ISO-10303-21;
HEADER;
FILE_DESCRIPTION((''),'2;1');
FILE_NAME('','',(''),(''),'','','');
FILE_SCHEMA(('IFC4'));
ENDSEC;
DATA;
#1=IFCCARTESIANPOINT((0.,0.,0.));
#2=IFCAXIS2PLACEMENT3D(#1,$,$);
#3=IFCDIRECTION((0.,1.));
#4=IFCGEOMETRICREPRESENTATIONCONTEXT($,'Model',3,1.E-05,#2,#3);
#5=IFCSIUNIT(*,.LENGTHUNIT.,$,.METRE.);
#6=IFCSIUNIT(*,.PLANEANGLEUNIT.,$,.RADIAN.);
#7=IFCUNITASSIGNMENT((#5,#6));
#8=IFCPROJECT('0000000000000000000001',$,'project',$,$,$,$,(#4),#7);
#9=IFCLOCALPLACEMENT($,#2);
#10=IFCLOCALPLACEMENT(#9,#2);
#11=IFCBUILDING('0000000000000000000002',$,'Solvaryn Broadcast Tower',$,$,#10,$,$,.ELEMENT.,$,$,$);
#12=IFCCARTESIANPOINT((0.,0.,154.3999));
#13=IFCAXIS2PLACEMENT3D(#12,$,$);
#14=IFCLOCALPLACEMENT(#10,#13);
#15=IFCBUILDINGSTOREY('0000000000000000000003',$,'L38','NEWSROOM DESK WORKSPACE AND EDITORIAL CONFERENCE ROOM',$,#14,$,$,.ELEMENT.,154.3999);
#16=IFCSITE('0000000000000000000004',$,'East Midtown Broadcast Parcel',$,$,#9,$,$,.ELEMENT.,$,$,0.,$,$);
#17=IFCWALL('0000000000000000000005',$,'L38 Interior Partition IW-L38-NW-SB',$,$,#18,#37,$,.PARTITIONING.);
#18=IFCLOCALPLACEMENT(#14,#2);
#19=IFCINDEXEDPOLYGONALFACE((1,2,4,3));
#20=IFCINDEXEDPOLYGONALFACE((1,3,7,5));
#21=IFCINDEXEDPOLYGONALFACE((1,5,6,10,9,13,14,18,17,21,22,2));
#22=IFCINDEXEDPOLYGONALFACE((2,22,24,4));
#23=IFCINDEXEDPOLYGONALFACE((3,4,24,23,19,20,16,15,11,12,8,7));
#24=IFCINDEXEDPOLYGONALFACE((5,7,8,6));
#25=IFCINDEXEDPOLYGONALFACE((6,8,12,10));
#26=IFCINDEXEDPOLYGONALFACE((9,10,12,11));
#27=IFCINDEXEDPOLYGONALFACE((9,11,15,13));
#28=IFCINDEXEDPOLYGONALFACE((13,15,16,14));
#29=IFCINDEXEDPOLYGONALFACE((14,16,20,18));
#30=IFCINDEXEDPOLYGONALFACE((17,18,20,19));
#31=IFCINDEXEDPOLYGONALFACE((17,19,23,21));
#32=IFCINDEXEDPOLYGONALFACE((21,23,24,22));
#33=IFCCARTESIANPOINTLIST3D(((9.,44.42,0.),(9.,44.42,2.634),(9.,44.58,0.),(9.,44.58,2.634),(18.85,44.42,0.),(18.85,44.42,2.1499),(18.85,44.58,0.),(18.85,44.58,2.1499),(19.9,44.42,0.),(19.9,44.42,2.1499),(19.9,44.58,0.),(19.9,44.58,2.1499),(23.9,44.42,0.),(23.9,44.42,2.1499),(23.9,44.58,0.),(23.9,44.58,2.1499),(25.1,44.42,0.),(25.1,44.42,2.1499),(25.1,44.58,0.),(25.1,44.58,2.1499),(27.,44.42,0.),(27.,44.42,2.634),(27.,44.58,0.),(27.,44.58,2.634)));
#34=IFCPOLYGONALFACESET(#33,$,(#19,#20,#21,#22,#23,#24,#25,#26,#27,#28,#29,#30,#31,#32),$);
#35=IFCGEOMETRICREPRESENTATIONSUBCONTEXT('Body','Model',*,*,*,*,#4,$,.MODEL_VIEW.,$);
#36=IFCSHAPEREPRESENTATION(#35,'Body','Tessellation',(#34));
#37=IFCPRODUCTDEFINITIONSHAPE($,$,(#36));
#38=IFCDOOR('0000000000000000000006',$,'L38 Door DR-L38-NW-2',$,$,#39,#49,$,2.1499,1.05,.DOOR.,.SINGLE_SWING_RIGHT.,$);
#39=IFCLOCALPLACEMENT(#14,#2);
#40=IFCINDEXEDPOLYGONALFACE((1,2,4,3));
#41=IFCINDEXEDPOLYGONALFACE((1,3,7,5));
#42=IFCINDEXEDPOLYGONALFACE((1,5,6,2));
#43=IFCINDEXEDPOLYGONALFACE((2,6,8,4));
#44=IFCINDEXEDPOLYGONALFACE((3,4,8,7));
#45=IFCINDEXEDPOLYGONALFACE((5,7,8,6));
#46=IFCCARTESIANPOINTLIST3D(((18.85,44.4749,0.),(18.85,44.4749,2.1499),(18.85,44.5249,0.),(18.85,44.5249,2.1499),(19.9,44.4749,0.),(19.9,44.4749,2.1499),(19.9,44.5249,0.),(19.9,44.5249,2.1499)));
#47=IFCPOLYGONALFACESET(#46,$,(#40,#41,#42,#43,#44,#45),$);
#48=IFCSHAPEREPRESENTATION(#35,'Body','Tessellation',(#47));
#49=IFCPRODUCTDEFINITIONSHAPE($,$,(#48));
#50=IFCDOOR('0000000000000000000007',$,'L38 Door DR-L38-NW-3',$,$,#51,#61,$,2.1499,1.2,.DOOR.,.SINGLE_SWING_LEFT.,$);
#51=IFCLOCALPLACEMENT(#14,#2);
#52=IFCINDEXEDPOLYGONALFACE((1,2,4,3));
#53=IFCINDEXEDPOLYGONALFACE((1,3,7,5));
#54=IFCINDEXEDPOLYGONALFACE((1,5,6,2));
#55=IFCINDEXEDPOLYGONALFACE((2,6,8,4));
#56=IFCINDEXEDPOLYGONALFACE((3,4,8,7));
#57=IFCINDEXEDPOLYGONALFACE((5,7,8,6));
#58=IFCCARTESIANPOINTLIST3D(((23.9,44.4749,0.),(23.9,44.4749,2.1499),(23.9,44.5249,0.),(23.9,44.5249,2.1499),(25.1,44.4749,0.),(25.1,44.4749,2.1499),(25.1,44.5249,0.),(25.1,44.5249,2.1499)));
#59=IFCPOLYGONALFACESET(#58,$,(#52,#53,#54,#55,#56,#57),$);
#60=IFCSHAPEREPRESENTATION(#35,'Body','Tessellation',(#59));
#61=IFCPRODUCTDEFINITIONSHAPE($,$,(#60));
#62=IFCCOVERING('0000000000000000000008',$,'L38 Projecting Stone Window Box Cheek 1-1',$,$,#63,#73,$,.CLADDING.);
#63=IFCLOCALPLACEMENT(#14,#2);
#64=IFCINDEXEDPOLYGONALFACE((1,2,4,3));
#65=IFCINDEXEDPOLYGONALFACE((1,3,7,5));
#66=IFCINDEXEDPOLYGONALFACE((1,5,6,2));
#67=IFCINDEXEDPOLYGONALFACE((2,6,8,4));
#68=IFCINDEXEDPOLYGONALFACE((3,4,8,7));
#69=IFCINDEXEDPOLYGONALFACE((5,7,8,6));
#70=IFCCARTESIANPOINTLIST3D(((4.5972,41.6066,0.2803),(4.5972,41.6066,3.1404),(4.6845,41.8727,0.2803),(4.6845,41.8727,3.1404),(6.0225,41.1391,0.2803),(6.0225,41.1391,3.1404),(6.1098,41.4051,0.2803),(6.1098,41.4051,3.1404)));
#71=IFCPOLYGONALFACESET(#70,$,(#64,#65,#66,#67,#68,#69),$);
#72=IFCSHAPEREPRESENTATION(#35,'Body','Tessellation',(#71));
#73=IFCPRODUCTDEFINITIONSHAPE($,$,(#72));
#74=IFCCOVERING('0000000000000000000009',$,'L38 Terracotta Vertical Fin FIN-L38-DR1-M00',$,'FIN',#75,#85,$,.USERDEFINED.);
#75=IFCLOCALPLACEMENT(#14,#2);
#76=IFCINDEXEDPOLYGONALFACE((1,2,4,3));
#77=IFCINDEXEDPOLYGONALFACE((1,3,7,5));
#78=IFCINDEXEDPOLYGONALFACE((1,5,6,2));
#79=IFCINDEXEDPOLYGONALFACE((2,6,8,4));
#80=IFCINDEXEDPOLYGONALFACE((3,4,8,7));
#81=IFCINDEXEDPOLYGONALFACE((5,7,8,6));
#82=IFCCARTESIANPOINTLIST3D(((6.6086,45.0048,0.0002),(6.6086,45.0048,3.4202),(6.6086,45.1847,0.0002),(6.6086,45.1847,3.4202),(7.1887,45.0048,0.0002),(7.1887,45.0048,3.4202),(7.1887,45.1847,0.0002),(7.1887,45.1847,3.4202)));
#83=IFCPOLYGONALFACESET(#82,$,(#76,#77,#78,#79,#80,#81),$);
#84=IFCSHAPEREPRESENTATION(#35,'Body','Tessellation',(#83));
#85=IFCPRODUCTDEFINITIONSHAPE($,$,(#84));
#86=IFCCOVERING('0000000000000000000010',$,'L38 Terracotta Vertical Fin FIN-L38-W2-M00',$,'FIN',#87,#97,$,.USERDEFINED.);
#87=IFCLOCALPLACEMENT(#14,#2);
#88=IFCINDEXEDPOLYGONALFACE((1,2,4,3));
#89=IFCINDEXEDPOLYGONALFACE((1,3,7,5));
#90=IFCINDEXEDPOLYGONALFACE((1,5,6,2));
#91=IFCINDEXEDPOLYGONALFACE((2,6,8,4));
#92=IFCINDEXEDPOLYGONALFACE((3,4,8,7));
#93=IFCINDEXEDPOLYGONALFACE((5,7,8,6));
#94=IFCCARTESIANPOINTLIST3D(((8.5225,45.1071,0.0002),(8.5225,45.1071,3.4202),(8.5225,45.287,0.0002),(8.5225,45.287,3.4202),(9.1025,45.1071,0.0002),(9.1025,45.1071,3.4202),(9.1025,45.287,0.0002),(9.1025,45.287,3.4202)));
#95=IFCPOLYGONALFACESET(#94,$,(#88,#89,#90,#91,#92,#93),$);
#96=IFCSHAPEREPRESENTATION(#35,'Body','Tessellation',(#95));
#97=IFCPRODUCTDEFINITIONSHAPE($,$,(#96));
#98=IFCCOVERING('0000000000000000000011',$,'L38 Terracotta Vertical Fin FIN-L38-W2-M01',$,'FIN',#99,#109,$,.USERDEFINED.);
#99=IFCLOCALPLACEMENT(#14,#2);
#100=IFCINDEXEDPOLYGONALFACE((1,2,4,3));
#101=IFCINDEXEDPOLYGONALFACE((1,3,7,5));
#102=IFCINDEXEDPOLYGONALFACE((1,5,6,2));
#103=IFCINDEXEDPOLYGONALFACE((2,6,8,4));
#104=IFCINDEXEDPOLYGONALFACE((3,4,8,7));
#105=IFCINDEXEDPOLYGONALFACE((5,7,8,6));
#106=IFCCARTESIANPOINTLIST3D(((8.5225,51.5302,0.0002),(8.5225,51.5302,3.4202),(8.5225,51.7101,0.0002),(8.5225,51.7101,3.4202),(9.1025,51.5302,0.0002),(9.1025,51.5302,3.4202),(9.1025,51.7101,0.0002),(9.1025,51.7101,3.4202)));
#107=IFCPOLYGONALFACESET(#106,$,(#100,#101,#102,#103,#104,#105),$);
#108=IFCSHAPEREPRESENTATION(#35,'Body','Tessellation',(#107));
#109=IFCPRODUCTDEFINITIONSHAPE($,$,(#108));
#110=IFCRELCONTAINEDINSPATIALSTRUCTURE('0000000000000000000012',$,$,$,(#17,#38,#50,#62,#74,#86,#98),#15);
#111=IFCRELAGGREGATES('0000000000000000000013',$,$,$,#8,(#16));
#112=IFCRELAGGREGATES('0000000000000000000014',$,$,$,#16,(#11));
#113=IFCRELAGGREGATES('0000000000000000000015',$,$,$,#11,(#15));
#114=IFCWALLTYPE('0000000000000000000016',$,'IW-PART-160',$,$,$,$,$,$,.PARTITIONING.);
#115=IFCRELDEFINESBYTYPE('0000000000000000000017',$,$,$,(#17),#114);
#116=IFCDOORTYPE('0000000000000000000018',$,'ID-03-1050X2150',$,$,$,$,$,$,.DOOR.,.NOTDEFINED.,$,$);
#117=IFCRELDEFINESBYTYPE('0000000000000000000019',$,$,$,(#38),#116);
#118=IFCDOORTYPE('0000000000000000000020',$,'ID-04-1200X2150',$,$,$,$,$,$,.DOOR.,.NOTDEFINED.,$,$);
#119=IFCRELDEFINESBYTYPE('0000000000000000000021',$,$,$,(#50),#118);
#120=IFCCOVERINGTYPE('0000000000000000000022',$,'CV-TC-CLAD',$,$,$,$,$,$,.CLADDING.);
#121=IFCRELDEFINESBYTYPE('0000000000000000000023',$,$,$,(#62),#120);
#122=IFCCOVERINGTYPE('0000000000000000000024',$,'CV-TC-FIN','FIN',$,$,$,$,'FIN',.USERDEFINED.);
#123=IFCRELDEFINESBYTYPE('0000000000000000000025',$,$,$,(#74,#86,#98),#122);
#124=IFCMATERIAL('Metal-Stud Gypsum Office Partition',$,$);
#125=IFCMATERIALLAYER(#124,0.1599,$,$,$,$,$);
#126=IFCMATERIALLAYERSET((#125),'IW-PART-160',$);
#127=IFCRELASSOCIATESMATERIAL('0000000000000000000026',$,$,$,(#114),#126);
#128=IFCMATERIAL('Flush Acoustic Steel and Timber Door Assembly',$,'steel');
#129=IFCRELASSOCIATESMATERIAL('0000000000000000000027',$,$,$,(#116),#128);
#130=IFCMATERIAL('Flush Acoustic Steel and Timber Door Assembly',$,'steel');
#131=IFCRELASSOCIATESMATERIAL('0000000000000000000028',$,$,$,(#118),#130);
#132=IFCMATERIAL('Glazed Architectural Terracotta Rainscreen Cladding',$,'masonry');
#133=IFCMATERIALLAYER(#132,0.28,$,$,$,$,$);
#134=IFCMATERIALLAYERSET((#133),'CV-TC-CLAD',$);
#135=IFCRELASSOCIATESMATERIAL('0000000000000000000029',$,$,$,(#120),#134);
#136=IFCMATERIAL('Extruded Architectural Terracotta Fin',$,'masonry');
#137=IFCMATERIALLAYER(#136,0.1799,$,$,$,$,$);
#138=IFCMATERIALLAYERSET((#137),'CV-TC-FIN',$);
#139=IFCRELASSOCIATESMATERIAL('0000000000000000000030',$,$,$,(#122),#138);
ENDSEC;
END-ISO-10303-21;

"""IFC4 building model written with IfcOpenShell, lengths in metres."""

from ifc_helpers import new_model, si_unit, direction, frame, frame_2d, origin, origin_2d, place, context, subcontext, project, spatial, rectangle, extrude, material, layer, layer_set, type_object, element, fill, save


model = new_model("IFC4")

# Units and contexts
model_context = context("Model", 3, precision=1e-05, world=origin(), true_north=direction((0.0, 1.0)))
body_context = subcontext(model_context, "Body", "Model", "MODEL_VIEW")
ifc_project = project(units=[si_unit("LENGTHUNIT", "METRE"), si_unit("PLANEANGLEUNIT", "RADIAN")], contexts=[model_context])

# Site, building, storey
site_placement = place(None, origin())
site = spatial("IfcSite", under=ifc_project, at=site_placement, Name="East Midtown Broadcast Parcel", CompositionType="ELEMENT", RefElevation=0.0)
building_placement = place(site_placement, origin())
building = spatial("IfcBuilding", under=site, at=building_placement, Name="Solvaryn Broadcast Tower", CompositionType="ELEMENT")
storey_placement = place(building_placement, frame((0.0, 0.0, 154.3999)))
storey = spatial("IfcBuildingStorey", under=building, at=storey_placement, Name="L38", Description="NEWSROOM DESK WORKSPACE AND EDITORIAL CONFERENCE ROOM", CompositionType="ELEMENT", Elevation=154.3999)

# Shared definitions
ifc_material_1 = material(Name="Metal-Stud Gypsum Office Partition")
ifc_layer_1 = layer(ifc_material_1, 0.1599)
ifc_layer_set_1 = layer_set([ifc_layer_1], Name="IW-PART-160")
wall_type_1 = type_object("IfcWallType", Name="IW-PART-160", PredefinedType="PARTITIONING", material=ifc_layer_set_1)

# Wall, openings, doors
wall_1_placement = place(storey_placement, frame((9.0, 44.5, 0.0), z_axis=(0.0, 0.0, 1.0), x_axis=(1.0, 0.0, 0.0)))
wall_1 = element("IfcWall", 1, at=wall_1_placement, inside=storey, type_object=wall_type_1, Name="L38 Interior Partition IW-L38-NW-SB", PredefinedType="PARTITIONING", context=body_context, shape_type="SweptSolid", body=[
    extrude(rectangle(XDim=18.0, YDim=0.1599, at=frame_2d((9.0, 0.0))), origin(), (0.0, 0.0, 1.0), 2.634),
])
opening_1_placement = place(wall_1_placement, frame((9.8501, 0.0, 0.0)))
opening_1 = element("IfcOpeningElement", 2, at=opening_1_placement, cuts=wall_1, PredefinedType="OPENING", context=body_context, shape_type="SweptSolid", body=[
    extrude(rectangle(XDim=1.05, YDim=2.1499, at=frame_2d((0.5249, 1.075))), frame((0.0, 0.0901, 0.0), z_axis=(0.0, -1.0, 0.0), x_axis=(1.0, 0.0, 0.0)), (0.0, 0.0, 1.0), 0.1799),
])
opening_2_placement = place(wall_1_placement, frame((14.8999, 0.0, 0.0)))
opening_2 = element("IfcOpeningElement", 3, at=opening_2_placement, cuts=wall_1, PredefinedType="OPENING", context=body_context, shape_type="SweptSolid", body=[
    extrude(rectangle(XDim=1.2, YDim=2.1499, at=frame_2d((0.6001, 1.075))), frame((0.0, 0.0901, 0.0), z_axis=(0.0, -1.0, 0.0), x_axis=(1.0, 0.0, 0.0)), (0.0, 0.0, 1.0), 0.1799),
])
ifc_material_2 = material(Name="Flush Acoustic Steel and Timber Door Assembly", Category="steel")
door_type_1 = type_object("IfcDoorType", Name="ID-03-1050X2150", OperationType="NOTDEFINED", PredefinedType="DOOR", material=ifc_material_2)
door_1_placement = place(opening_1_placement, origin())
door_1 = element("IfcDoor", 4, at=door_1_placement, inside=storey, type_object=door_type_1, Name="L38 Door DR-L38-NW-2", OperationType="SINGLE_SWING_RIGHT", OverallHeight=2.1499, OverallWidth=1.05, PredefinedType="DOOR", context=body_context, shape_type="SweptSolid", body=[
    extrude(rectangle(XDim=1.05, YDim=2.1499, at=frame_2d((0.5249, 1.075))), frame((0.0, 0.0249, 0.0), z_axis=(0.0, -1.0, 0.0), x_axis=(1.0, 0.0, 0.0)), (0.0, 0.0, 1.0), 0.05),
])
fill(opening_1, door_1)
ifc_material_3 = material(Name="Flush Acoustic Steel and Timber Door Assembly", Category="steel")
door_type_2 = type_object("IfcDoorType", Name="ID-04-1200X2150", OperationType="NOTDEFINED", PredefinedType="DOOR", material=ifc_material_3)
door_2_placement = place(opening_2_placement, origin())
door_2 = element("IfcDoor", 5, at=door_2_placement, inside=storey, type_object=door_type_2, Name="L38 Door DR-L38-NW-3", OperationType="SINGLE_SWING_LEFT", OverallHeight=2.1499, OverallWidth=1.2, PredefinedType="DOOR", context=body_context, shape_type="SweptSolid", body=[
    extrude(rectangle(XDim=1.2, YDim=2.1499, at=frame_2d((0.6001, 1.075))), frame((0.0, 0.0249, 0.0), z_axis=(0.0, -1.0, 0.0), x_axis=(1.0, 0.0, 0.0)), (0.0, 0.0, 1.0), 0.05),
])
fill(opening_2, door_2)

# Coverings
ifc_material_4 = material(Name="Glazed Architectural Terracotta Rainscreen Cladding", Category="masonry")
ifc_layer_2 = layer(ifc_material_4, 0.28)
ifc_layer_set_2 = layer_set([ifc_layer_2], Name="CV-TC-CLAD")
covering_type_1 = type_object("IfcCoveringType", Name="CV-TC-CLAD", PredefinedType="CLADDING", material=ifc_layer_set_2)
covering_placement = place(storey_placement, frame((5.3535, 41.5059, 0.2803), z_axis=(0.0, 0.0, 1.0), x_axis=(-0.311672, -0.95019, 0.0)))
element("IfcCovering", 6, at=covering_placement, inside=storey, type_object=covering_type_1, Name="L38 Projecting Stone Window Box Cheek 1-1", PredefinedType="CLADDING", context=body_context, shape_type="SweptSolid", body=[
    extrude(rectangle(XDim=0.28, YDim=1.5, at=origin_2d()), origin(), (0.0, 0.0, 1.0), 2.8601),
])
ifc_material_5 = material(Name="Extruded Architectural Terracotta Fin", Category="masonry")
ifc_layer_3 = layer(ifc_material_5, 0.1799)
ifc_layer_set_3 = layer_set([ifc_layer_3], Name="CV-TC-FIN")
covering_type_2 = type_object("IfcCoveringType", Name="CV-TC-FIN", Description="FIN", ElementType="FIN", PredefinedType="USERDEFINED", material=ifc_layer_set_3)
for number, where, z_axis, x_axis, name in (
    (7, (6.8987, 45.0947, 0.0002), (0.0, 0.0, 1.0), (1.0, 0.0, 0.0), "L38 Terracotta Vertical Fin FIN-L38-DR1-M00"),
    (8, (8.8125, 45.197, 0.0002), (0.0, 0.0, 1.0), (1.0, 0.0, 0.0), "L38 Terracotta Vertical Fin FIN-L38-W2-M00"),
    (9, (8.8125, 51.6201, 0.0002), (0.0, 0.0, 1.0), (1.0, 0.0, 0.0), "L38 Terracotta Vertical Fin FIN-L38-W2-M01"),
):
    element("IfcCovering", number, at=place(storey_placement, frame(where, z_axis=z_axis, x_axis=x_axis)), inside=storey, type_object=covering_type_2, Name=name, ObjectType="FIN", PredefinedType="USERDEFINED", context=body_context, shape_type="SweptSolid", body=[
        extrude(rectangle(XDim=0.5801, YDim=0.1799, at=origin_2d()), origin(), (0.0, 0.0, 1.0), 3.4199),
    ])

save(model, "model.ifc")
